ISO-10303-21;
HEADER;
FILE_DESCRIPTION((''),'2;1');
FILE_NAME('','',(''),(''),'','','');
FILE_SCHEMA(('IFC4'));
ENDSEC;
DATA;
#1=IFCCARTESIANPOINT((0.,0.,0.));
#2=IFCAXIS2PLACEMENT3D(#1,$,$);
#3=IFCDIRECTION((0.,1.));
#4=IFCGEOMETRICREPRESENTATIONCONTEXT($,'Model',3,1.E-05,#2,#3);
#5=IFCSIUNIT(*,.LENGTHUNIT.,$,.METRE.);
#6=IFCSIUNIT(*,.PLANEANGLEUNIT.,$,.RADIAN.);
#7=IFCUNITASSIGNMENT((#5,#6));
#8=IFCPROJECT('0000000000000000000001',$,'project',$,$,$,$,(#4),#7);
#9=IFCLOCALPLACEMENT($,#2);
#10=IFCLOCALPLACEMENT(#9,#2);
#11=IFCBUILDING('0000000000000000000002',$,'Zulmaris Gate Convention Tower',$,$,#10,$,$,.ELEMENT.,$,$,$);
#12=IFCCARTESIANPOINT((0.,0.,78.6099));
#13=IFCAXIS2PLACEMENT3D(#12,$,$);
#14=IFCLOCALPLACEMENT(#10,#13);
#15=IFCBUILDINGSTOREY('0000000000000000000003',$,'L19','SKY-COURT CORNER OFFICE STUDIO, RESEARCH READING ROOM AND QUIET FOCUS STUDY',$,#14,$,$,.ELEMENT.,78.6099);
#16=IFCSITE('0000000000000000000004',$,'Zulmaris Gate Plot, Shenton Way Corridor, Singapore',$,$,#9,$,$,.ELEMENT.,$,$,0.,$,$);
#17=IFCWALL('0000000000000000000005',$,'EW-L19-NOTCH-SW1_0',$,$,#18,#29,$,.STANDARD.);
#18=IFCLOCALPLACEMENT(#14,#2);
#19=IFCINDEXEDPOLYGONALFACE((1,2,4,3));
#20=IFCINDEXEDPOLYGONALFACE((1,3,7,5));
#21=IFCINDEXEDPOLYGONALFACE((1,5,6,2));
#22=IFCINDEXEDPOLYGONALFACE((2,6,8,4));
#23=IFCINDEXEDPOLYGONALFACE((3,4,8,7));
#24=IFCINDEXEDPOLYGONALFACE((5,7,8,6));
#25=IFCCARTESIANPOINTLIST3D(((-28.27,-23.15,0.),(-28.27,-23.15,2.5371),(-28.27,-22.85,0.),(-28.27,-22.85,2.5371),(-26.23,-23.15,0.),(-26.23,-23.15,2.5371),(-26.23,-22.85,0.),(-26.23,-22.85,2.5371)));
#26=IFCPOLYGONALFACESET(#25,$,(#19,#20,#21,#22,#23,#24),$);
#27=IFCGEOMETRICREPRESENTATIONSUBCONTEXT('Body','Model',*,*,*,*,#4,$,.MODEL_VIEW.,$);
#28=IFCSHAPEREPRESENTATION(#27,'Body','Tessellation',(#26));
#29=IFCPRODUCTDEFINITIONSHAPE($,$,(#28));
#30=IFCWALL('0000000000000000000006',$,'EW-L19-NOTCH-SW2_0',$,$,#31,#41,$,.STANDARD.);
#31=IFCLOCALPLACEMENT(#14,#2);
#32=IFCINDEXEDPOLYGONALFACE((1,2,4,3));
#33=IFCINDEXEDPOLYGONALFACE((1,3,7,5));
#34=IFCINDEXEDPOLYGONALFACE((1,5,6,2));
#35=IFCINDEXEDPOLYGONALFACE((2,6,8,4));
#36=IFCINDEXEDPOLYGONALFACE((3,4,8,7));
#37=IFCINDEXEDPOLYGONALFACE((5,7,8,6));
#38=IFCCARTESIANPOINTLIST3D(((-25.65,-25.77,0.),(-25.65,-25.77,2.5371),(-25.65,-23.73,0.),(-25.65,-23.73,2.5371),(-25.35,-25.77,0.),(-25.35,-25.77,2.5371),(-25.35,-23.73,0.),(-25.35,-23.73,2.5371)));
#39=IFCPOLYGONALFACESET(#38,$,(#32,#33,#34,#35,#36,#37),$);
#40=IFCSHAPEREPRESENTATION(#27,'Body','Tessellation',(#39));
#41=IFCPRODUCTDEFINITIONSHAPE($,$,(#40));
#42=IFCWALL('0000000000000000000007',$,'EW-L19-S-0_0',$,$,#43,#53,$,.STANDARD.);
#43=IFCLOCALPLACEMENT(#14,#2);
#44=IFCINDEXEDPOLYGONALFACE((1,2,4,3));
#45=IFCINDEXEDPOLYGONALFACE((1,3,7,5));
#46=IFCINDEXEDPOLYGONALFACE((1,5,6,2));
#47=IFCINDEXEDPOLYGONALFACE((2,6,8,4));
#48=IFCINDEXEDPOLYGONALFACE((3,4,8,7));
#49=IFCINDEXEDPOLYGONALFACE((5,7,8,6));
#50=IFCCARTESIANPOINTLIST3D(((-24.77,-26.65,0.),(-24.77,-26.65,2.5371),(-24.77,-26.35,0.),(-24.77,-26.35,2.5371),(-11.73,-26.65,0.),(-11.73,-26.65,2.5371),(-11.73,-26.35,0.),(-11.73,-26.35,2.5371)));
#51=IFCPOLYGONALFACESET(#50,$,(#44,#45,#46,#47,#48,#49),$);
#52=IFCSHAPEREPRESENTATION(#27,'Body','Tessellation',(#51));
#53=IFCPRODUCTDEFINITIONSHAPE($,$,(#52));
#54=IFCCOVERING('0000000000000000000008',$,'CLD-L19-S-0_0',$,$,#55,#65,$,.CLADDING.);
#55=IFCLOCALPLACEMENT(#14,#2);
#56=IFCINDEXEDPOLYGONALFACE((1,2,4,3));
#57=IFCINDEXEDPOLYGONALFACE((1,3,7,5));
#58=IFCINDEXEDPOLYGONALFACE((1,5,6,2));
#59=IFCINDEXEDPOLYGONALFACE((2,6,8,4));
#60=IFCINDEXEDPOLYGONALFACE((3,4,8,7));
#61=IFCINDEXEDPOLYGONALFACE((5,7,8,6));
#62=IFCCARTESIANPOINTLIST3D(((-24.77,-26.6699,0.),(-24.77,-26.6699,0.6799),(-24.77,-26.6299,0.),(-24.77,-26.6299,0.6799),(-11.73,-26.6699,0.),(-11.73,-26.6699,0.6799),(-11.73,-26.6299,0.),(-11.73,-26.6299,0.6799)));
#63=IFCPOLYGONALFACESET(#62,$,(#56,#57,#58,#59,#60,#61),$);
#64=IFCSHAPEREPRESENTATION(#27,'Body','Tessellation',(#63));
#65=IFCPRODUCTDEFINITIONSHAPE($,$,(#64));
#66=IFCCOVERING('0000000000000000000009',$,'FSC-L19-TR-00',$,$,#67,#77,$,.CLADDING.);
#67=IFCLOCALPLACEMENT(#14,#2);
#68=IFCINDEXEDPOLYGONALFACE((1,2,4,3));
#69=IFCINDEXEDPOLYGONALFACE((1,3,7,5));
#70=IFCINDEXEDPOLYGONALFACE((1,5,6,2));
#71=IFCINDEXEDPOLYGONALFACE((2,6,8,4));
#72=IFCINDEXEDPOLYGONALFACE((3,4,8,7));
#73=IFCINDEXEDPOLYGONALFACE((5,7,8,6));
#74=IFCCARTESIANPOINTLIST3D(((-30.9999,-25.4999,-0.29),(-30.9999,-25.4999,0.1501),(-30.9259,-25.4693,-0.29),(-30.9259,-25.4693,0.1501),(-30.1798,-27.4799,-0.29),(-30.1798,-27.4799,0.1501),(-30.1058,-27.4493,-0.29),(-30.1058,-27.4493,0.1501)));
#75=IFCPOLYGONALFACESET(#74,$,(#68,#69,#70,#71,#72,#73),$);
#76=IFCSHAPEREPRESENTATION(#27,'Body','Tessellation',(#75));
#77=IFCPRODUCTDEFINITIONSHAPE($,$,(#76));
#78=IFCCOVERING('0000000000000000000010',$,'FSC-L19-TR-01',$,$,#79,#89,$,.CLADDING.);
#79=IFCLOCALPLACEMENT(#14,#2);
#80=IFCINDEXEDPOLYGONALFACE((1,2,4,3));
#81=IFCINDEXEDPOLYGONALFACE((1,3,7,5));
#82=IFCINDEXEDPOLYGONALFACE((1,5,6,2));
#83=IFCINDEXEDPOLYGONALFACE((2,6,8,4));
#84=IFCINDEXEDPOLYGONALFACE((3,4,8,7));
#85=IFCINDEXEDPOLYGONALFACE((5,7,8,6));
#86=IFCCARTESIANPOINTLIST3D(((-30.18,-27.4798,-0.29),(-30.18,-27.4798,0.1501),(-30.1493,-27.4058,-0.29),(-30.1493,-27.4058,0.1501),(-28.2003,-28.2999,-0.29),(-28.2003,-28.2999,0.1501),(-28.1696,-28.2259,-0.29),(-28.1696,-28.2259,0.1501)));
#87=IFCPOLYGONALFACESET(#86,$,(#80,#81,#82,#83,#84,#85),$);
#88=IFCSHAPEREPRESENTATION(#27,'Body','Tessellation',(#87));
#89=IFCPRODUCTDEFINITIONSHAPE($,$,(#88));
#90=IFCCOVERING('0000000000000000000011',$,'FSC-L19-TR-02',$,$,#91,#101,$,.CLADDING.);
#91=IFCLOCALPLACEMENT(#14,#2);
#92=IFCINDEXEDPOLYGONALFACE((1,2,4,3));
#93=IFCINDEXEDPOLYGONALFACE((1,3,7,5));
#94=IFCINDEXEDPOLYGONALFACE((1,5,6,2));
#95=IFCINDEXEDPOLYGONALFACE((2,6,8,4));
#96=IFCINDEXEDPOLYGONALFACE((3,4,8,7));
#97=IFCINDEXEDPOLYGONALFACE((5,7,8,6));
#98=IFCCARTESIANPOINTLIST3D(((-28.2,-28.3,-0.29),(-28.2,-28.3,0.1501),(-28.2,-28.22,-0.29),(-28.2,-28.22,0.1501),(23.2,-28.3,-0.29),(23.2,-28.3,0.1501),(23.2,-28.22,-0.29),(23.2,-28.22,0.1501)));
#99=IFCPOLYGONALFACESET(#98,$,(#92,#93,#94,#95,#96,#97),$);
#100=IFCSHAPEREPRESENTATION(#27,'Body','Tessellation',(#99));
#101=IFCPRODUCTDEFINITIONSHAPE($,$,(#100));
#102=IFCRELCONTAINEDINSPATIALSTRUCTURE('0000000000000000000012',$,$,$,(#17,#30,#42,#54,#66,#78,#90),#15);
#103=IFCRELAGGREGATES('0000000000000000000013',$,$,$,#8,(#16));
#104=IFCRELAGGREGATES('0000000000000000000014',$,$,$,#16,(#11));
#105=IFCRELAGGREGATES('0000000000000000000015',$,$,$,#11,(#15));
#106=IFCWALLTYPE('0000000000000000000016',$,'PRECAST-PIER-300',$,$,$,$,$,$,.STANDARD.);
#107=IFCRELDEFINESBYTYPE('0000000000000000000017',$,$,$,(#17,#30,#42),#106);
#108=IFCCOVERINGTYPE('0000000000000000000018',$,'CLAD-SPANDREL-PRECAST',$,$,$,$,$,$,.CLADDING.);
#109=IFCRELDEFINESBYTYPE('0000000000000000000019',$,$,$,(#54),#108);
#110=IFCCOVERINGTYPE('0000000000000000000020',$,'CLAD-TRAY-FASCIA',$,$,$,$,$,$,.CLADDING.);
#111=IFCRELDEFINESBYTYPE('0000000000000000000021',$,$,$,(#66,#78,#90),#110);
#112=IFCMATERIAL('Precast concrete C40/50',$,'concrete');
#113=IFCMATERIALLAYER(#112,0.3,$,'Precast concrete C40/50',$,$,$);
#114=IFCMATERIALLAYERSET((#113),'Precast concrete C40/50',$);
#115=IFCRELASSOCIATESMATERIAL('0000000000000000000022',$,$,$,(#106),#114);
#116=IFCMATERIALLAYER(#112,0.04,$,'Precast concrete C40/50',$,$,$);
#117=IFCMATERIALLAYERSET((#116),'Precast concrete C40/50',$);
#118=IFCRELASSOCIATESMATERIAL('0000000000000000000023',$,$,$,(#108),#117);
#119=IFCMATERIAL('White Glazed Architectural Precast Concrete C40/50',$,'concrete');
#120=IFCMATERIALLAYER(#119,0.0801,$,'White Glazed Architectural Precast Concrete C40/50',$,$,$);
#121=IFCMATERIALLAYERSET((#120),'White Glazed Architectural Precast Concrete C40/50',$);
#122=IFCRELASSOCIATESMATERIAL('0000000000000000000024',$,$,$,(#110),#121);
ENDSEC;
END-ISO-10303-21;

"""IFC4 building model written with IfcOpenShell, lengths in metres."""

from ifc_helpers import new_model, si_unit, direction, frame, frame_2d, origin, place, context, subcontext, project, spatial, rectangle, extrude, material, layer, layer_set, type_object, element, save


model = new_model("IFC4")

# Units and contexts
model_context = context("Model", 3, precision=1e-05, world=origin(), true_north=direction((0.0, 1.0)))
body_context = subcontext(model_context, "Body", "Model", "MODEL_VIEW")
ifc_project = project(units=[si_unit("LENGTHUNIT", "METRE"), si_unit("PLANEANGLEUNIT", "RADIAN")], contexts=[model_context])

# Site, building, storey
site_placement = place(None, origin())
site = spatial("IfcSite", under=ifc_project, at=site_placement, Name="Zulmaris Gate Plot, Shenton Way Corridor, Singapore", CompositionType="ELEMENT", RefElevation=0.0)
building_placement = place(site_placement, origin())
building = spatial("IfcBuilding", under=site, at=building_placement, Name="Zulmaris Gate Convention Tower", CompositionType="ELEMENT")
storey_placement = place(building_placement, frame((0.0, 0.0, 78.6099)))
storey = spatial("IfcBuildingStorey", under=building, at=storey_placement, Name="L19", Description="SKY-COURT CORNER OFFICE STUDIO, RESEARCH READING ROOM AND QUIET FOCUS STUDY", CompositionType="ELEMENT", Elevation=78.6099)

# Walls
ifc_material_1 = material(Name="Precast concrete C40/50", Category="concrete")
ifc_layer_1 = layer(ifc_material_1, 0.3, Name="Precast concrete C40/50")
ifc_layer_set_1 = layer_set([ifc_layer_1], Name="Precast concrete C40/50")
wall_type_1 = type_object("IfcWallType", Name="PRECAST-PIER-300", PredefinedType="STANDARD", material=ifc_layer_set_1)
for number, where, z_axis, x_axis, name in (
    (1, (-28.27, -23.0, 0.0), (0.0, 0.0, 1.0), (1.0, 0.0, 0.0), "EW-L19-NOTCH-SW1_0"),
    (2, (-25.5, -23.73, 0.0), (0.0, 0.0, 1.0), (0.0, -1.0, 0.0), "EW-L19-NOTCH-SW2_0"),
):
    element("IfcWall", number, at=place(storey_placement, frame(where, z_axis=z_axis, x_axis=x_axis)), inside=storey, type_object=wall_type_1, Name=name, PredefinedType="STANDARD", context=body_context, shape_type="SweptSolid", body=[
        extrude(rectangle(XDim=2.04, YDim=0.3, at=frame_2d((1.02, 0.0))), origin(), (0.0, 0.0, 1.0), 2.5371),
    ])
wall_1_placement = place(storey_placement, frame((-24.77, -26.5, 0.0), z_axis=(0.0, 0.0, 1.0), x_axis=(1.0, 0.0, 0.0)))
element("IfcWall", 3, at=wall_1_placement, inside=storey, type_object=wall_type_1, Name="EW-L19-S-0_0", PredefinedType="STANDARD", context=body_context, shape_type="SweptSolid", body=[
    extrude(rectangle(XDim=13.04, YDim=0.3, at=frame_2d((6.52, 0.0))), origin(), (0.0, 0.0, 1.0), 2.5371),
])

# Coverings
ifc_layer_2 = layer(ifc_material_1, 0.04, Name="Precast concrete C40/50")
ifc_layer_set_2 = layer_set([ifc_layer_2], Name="Precast concrete C40/50")
covering_type_1 = type_object("IfcCoveringType", Name="CLAD-SPANDREL-PRECAST", PredefinedType="CLADDING", material=ifc_layer_set_2)
covering_1_placement = place(storey_placement, frame((-24.77, -26.6499, 0.0), z_axis=(0.0, 0.0, 1.0), x_axis=(1.0, 0.0, 0.0)))
element("IfcCovering", 4, at=covering_1_placement, inside=storey, type_object=covering_type_1, Name="CLD-L19-S-0_0", PredefinedType="CLADDING", context=body_context, shape_type="SweptSolid", body=[
    extrude(rectangle(XDim=13.04, YDim=0.04, at=frame_2d((6.52, 0.0))), origin(), (0.0, 0.0, 1.0), 0.6799),
])
ifc_material_2 = material(Name="White Glazed Architectural Precast Concrete C40/50", Category="concrete")
ifc_layer_3 = layer(ifc_material_2, 0.0801, Name="White Glazed Architectural Precast Concrete C40/50")
ifc_layer_set_3 = layer_set([ifc_layer_3], Name="White Glazed Architectural Precast Concrete C40/50")
covering_type_2 = type_object("IfcCoveringType", Name="CLAD-TRAY-FASCIA", PredefinedType="CLADDING", material=ifc_layer_set_3)
covering_2_placement = place(storey_placement, frame((-30.9629, -25.4846, -0.29), z_axis=(0.0, 0.0, 1.0), x_axis=(0.382657, -0.92389, 0.0)))
element("IfcCovering", 5, at=covering_2_placement, inside=storey, type_object=covering_type_2, Name="FSC-L19-TR-00", PredefinedType="CLADDING", context=body_context, shape_type="SweptSolid", body=[
    extrude(rectangle(XDim=2.1431, YDim=0.0801, at=frame_2d((1.0715, 0.0))), origin(), (0.0, 0.0, 1.0), 0.4402),
])
covering_3_placement = place(storey_placement, frame((-30.1646, -27.4429, -0.29), z_axis=(0.0, 0.0, 1.0), x_axis=(0.923874, -0.382697, 0.0)))
element("IfcCovering", 6, at=covering_3_placement, inside=storey, type_object=covering_type_2, Name="FSC-L19-TR-01", PredefinedType="CLADDING", context=body_context, shape_type="SweptSolid", body=[
    extrude(rectangle(XDim=2.1428, YDim=0.0801, at=frame_2d((1.0713, 0.0))), origin(), (0.0, 0.0, 1.0), 0.4402),
])
covering_4_placement = place(storey_placement, frame((-28.2, -28.26, -0.29), z_axis=(0.0, 0.0, 1.0), x_axis=(1.0, 0.0, 0.0)))
element("IfcCovering", 7, at=covering_4_placement, inside=storey, type_object=covering_type_2, Name="FSC-L19-TR-02", PredefinedType="CLADDING", context=body_context, shape_type="SweptSolid", body=[
    extrude(rectangle(XDim=51.3999, YDim=0.0801, at=frame_2d((25.7, 0.0))), origin(), (0.0, 0.0, 1.0), 0.4402),
])

save(model, "model.ifc")
